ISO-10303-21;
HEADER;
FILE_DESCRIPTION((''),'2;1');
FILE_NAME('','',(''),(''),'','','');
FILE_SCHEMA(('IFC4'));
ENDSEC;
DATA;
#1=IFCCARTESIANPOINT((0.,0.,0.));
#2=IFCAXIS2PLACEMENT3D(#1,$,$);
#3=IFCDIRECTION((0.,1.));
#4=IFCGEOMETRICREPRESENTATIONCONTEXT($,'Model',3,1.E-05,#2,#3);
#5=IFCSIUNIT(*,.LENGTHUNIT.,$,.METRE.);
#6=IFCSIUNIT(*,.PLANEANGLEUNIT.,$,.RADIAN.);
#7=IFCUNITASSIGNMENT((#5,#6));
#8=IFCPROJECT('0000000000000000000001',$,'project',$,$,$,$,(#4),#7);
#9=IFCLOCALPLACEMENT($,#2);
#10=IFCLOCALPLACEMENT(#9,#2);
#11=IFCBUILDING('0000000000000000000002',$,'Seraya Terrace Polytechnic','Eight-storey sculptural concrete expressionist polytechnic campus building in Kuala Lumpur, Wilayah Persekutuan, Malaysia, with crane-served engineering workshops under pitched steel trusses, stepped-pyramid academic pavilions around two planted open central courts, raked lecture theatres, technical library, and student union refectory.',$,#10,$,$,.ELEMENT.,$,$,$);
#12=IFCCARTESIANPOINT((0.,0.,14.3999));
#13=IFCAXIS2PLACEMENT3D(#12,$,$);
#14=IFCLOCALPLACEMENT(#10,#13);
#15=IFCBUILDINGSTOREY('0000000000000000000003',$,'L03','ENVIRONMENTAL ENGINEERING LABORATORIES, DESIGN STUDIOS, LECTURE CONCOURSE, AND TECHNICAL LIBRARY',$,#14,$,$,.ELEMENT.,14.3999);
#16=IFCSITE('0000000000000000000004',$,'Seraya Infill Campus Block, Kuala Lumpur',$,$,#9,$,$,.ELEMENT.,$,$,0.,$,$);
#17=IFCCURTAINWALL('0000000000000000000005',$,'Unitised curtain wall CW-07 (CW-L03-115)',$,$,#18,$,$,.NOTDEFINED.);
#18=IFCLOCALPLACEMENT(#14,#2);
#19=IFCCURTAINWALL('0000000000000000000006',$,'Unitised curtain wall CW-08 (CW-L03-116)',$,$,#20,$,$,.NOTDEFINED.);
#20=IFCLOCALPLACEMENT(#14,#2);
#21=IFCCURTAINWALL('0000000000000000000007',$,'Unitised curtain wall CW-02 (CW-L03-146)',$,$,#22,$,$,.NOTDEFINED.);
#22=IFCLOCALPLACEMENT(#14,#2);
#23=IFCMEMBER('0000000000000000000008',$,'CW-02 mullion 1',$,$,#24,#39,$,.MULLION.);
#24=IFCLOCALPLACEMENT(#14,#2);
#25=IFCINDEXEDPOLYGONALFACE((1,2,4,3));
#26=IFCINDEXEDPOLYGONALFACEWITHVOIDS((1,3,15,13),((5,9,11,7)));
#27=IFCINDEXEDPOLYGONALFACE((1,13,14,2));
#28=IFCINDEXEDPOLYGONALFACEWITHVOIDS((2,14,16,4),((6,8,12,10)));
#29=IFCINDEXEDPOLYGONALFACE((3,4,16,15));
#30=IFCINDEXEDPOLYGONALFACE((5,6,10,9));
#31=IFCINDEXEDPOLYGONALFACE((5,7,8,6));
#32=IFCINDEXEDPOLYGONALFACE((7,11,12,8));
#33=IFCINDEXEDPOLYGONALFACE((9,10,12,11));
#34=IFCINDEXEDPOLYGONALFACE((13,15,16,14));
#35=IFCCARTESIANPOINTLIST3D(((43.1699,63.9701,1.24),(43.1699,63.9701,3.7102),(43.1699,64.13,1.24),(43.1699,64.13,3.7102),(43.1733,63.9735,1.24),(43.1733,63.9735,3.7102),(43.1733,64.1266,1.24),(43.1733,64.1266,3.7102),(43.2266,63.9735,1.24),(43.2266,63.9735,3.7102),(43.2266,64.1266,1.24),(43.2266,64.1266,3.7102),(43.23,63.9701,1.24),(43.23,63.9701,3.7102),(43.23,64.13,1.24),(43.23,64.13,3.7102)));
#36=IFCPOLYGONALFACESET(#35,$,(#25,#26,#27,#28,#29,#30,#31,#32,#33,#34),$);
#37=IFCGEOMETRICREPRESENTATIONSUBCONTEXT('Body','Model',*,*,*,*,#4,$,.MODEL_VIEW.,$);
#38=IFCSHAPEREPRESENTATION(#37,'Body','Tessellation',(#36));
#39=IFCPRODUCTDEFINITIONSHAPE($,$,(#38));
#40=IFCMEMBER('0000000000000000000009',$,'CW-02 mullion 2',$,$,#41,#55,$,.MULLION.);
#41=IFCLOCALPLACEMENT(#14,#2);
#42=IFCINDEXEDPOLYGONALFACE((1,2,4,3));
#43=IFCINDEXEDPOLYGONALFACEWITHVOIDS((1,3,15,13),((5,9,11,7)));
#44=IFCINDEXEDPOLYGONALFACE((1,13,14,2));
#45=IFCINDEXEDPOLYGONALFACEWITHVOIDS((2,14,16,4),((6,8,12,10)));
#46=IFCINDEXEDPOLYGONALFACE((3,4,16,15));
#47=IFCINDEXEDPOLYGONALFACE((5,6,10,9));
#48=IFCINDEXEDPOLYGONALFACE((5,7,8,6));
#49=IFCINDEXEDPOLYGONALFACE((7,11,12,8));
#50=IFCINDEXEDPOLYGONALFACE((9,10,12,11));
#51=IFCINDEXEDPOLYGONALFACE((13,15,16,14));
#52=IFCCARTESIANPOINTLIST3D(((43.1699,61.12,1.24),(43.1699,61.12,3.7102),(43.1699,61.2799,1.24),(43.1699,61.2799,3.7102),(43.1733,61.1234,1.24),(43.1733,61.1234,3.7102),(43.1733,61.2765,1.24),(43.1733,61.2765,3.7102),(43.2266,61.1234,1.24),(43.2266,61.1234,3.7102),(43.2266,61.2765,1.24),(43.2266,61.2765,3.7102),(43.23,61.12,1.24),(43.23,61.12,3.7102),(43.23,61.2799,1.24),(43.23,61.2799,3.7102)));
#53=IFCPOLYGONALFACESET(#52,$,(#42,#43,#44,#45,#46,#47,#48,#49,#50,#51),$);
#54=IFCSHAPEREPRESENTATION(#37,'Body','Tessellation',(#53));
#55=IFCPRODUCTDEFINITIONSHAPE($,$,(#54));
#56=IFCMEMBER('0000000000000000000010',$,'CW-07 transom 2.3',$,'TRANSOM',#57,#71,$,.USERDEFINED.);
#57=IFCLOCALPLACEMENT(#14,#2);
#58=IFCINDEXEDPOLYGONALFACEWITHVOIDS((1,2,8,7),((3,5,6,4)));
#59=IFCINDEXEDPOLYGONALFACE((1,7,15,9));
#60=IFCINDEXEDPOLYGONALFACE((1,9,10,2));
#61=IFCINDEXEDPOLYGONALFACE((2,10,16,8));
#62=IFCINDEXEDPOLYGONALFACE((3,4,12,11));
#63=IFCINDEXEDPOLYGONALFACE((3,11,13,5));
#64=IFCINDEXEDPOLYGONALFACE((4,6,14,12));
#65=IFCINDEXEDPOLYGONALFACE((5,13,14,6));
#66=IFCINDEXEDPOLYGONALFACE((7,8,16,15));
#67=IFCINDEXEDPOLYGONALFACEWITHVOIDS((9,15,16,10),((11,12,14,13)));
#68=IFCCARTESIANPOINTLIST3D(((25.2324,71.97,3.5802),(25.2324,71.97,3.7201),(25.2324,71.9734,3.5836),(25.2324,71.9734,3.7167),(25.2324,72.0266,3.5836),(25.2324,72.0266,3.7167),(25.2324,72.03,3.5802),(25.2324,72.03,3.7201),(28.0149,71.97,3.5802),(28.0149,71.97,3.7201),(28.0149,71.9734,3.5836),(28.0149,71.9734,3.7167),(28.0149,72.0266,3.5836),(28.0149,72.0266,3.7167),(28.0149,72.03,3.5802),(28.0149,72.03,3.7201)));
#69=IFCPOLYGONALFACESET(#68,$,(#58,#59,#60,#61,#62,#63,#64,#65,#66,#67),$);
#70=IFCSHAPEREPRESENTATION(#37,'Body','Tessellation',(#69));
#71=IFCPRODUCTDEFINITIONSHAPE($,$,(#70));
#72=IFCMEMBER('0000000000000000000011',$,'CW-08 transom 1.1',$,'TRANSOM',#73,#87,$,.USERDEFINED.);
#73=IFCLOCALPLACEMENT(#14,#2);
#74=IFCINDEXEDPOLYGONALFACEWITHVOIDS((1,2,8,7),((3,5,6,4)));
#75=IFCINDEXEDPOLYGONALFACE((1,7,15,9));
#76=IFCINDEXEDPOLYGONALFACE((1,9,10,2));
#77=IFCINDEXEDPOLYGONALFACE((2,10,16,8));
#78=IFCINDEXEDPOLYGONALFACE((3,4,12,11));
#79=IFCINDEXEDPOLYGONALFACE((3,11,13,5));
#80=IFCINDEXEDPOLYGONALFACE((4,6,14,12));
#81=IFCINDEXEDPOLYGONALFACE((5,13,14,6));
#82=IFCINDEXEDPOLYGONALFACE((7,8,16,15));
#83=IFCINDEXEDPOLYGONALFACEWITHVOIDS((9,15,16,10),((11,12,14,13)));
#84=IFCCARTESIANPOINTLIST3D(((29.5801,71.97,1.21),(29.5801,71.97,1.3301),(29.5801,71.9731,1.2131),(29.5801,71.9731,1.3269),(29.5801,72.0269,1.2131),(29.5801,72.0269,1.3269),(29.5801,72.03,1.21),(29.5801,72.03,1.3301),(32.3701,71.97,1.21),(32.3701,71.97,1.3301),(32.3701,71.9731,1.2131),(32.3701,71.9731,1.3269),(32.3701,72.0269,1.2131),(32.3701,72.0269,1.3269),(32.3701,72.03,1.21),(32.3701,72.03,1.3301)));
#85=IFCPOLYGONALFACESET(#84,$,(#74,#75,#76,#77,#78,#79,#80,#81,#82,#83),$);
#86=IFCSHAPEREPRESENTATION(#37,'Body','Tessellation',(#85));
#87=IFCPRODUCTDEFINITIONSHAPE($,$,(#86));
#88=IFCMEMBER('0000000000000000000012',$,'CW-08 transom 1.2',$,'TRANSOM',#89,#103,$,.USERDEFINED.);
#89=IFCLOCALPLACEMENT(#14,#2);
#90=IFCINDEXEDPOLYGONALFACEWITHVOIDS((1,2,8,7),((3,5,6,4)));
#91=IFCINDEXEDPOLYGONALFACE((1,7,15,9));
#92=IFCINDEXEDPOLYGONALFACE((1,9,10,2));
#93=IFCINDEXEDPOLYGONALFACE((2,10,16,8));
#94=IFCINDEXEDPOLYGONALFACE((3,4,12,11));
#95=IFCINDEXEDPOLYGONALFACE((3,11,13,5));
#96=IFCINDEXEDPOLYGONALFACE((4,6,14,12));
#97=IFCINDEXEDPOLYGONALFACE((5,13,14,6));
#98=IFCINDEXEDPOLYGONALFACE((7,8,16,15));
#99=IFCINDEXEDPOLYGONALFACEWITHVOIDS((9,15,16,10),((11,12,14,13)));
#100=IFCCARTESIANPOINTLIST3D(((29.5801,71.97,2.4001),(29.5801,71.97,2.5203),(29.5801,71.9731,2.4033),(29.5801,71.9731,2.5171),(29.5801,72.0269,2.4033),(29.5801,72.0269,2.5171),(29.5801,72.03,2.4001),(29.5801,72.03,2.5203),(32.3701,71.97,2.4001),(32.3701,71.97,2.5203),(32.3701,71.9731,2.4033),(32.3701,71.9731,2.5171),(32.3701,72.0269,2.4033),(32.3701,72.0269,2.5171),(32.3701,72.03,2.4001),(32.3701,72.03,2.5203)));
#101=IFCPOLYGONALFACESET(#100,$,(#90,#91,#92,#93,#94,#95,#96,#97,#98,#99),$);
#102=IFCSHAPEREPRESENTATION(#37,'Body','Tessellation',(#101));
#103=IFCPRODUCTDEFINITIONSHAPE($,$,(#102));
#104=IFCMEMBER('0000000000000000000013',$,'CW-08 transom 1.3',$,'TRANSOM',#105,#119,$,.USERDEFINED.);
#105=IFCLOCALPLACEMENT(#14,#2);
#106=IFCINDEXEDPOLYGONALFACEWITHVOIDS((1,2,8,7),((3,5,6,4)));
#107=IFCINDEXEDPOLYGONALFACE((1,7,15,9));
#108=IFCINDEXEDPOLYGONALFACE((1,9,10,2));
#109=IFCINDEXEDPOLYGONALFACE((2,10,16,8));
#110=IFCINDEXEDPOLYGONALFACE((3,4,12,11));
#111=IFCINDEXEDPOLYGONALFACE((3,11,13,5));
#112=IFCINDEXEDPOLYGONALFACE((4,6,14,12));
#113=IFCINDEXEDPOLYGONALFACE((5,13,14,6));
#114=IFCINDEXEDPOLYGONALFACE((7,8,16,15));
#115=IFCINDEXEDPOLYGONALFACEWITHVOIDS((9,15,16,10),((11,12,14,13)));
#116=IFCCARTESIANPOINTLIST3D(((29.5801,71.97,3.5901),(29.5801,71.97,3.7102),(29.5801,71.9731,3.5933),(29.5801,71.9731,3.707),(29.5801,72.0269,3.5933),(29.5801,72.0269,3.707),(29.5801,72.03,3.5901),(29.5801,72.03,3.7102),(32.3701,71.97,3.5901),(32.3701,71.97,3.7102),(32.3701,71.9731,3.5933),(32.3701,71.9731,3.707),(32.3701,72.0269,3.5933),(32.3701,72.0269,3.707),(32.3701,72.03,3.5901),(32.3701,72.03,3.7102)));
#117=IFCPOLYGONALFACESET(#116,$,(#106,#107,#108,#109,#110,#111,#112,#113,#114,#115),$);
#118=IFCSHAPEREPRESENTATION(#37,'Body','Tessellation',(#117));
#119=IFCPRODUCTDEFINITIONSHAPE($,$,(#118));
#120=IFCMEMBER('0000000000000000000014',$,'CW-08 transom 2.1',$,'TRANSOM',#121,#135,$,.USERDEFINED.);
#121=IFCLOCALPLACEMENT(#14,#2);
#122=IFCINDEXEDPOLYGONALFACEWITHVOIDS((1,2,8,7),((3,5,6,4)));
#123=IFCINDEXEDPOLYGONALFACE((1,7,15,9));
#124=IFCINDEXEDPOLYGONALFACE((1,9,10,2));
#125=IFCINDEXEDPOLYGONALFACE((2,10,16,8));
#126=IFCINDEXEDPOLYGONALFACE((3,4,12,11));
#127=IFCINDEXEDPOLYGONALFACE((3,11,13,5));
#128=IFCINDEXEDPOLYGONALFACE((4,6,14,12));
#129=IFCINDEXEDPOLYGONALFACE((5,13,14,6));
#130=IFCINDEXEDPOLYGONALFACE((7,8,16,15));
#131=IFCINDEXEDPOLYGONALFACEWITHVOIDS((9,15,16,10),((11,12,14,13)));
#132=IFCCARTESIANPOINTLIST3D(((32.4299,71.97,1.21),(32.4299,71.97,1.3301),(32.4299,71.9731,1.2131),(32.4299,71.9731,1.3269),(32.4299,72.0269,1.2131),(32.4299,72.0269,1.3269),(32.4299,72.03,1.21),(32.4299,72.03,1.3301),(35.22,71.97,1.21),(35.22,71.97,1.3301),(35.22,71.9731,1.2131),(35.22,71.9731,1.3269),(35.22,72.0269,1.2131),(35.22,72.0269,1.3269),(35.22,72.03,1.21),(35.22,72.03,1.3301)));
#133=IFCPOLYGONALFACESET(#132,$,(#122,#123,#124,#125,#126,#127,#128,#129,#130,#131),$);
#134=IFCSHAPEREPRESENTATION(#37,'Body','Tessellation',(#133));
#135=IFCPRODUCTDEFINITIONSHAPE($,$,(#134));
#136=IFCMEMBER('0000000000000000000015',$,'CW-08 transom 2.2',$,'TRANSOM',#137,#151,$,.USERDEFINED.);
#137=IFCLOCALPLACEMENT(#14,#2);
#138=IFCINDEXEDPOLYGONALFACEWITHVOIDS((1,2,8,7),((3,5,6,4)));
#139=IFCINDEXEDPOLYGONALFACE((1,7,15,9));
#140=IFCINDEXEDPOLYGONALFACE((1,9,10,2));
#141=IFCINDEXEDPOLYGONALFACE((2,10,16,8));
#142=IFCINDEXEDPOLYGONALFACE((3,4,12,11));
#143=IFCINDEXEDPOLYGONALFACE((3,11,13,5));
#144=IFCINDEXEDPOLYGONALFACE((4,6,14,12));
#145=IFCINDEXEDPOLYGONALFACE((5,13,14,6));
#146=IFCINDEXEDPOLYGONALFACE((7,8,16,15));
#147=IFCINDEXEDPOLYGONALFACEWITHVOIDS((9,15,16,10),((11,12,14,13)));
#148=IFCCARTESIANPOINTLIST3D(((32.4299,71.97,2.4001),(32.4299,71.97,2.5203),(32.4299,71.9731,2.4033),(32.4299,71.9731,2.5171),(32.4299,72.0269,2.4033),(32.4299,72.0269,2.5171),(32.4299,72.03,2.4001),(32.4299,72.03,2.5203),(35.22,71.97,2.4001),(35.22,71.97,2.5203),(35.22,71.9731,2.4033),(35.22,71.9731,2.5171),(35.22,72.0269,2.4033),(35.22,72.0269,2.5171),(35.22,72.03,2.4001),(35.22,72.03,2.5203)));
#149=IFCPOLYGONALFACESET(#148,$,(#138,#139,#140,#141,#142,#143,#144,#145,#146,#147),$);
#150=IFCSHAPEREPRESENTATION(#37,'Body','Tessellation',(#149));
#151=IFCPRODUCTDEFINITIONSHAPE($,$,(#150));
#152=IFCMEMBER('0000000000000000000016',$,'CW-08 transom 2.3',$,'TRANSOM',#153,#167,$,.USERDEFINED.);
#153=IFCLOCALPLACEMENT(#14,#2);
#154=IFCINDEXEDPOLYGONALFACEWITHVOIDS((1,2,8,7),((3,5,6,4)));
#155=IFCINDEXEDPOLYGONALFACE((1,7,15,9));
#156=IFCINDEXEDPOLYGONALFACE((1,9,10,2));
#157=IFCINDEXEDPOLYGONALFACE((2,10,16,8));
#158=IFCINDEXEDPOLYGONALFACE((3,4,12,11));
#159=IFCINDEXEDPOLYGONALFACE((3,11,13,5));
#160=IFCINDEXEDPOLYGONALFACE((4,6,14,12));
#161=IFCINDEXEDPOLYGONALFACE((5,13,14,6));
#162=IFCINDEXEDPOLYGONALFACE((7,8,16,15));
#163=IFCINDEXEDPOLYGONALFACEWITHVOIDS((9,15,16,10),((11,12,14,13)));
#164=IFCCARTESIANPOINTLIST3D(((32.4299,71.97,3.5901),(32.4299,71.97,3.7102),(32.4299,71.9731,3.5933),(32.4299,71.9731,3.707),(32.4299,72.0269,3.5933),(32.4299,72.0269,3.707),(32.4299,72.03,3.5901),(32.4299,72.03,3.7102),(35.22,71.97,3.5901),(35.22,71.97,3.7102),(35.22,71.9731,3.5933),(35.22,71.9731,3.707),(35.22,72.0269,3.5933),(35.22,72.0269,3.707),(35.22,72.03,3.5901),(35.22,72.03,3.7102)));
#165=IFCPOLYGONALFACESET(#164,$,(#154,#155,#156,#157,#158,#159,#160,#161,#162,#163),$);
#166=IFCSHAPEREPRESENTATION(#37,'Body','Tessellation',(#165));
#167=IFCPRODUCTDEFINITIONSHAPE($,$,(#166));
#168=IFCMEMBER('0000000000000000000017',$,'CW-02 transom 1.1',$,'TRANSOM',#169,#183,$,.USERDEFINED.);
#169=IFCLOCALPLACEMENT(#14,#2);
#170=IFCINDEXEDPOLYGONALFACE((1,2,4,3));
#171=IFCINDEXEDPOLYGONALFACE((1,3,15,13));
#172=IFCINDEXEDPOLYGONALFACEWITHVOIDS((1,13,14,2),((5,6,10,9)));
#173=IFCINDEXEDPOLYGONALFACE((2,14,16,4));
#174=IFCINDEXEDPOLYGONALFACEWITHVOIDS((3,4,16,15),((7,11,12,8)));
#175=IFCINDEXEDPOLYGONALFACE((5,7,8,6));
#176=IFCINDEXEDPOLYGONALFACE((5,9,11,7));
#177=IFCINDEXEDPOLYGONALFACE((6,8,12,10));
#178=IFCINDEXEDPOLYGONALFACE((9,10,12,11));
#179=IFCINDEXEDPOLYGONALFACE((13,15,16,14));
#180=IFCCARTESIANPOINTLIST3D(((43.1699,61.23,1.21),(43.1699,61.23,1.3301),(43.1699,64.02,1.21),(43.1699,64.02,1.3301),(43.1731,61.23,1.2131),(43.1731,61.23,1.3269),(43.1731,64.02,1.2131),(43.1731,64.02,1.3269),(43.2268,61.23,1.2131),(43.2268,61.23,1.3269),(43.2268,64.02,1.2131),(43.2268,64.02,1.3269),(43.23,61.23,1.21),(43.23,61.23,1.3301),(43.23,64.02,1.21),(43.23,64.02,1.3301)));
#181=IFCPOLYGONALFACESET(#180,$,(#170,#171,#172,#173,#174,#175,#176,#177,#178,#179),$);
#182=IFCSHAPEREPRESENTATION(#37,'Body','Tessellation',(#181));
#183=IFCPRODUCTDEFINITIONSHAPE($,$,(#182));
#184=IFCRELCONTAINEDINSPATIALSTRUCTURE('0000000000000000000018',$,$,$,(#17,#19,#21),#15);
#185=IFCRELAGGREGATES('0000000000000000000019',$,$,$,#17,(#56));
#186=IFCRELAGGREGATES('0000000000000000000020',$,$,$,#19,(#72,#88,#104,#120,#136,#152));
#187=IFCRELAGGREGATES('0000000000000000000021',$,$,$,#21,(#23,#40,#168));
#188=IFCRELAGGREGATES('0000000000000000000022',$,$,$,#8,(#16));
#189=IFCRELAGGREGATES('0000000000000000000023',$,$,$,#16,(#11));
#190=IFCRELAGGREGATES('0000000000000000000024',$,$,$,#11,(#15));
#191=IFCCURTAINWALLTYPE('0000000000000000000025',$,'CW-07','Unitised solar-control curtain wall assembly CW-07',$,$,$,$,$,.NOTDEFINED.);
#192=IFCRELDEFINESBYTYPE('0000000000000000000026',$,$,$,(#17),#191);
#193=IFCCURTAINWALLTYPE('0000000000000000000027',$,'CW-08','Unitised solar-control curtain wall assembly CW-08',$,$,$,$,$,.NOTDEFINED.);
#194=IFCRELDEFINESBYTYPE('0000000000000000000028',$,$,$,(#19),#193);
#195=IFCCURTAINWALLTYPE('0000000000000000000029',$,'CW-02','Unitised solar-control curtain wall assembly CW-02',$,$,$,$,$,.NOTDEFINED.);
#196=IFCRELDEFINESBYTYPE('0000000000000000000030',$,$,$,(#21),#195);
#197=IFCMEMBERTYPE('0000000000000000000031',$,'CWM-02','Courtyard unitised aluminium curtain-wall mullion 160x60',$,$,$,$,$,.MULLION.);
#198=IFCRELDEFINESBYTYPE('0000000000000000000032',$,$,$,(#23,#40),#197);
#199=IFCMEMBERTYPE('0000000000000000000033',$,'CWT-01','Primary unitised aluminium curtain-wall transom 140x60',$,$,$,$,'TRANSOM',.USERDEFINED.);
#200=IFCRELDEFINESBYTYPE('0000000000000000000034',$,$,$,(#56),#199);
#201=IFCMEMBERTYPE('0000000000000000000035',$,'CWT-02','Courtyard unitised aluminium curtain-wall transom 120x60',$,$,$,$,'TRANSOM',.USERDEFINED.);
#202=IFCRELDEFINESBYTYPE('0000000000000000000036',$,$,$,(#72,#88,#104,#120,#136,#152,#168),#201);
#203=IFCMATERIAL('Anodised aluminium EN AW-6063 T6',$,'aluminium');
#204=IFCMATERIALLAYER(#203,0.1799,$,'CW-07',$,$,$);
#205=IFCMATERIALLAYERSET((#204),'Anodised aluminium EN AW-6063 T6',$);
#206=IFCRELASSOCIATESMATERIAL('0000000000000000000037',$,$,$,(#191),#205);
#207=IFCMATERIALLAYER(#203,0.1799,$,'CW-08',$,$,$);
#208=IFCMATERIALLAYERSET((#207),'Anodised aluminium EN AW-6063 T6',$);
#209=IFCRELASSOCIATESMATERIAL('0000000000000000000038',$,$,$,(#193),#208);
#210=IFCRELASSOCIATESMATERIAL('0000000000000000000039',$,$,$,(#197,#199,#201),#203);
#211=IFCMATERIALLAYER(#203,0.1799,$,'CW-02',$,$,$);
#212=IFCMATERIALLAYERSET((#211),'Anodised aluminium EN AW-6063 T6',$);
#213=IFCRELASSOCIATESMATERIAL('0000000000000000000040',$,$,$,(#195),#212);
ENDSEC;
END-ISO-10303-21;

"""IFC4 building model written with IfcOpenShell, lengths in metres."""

from ifc_helpers import new_model, si_unit, direction, frame, origin, origin_2d, place, context, subcontext, project, spatial, hollow_rectangle, extrude, material, layer, layer_set, material_profile, profile_set, type_object, element, aggregate, save


model = new_model("IFC4")

# Units and contexts
model_context = context("Model", 3, precision=1e-05, world=origin(), true_north=direction((0.0, 1.0)))
body_context = subcontext(model_context, "Body", "Model", "MODEL_VIEW")
ifc_project = project(units=[si_unit("LENGTHUNIT", "METRE"), si_unit("PLANEANGLEUNIT", "RADIAN")], contexts=[model_context])

# Site, building, storey
site_placement = place(None, origin())
site = spatial("IfcSite", under=ifc_project, at=site_placement, Name="Seraya Infill Campus Block, Kuala Lumpur", CompositionType="ELEMENT", RefElevation=0.0)
building_placement = place(site_placement, origin())
building = spatial("IfcBuilding", under=site, at=building_placement, Name="Seraya Terrace Polytechnic", Description="Eight-storey sculptural concrete expressionist polytechnic campus building in Kuala Lumpur, Wilayah Persekutuan, Malaysia, with crane-served engineering workshops under pitched steel trusses, stepped-pyramid academic pavilions around two planted open central courts, raked lecture theatres, technical library, and student union refectory.", CompositionType="ELEMENT")
storey_placement = place(building_placement, frame((0.0, 0.0, 14.3999)))
storey = spatial("IfcBuildingStorey", under=building, at=storey_placement, Name="L03", Description="ENVIRONMENTAL ENGINEERING LABORATORIES, DESIGN STUDIOS, LECTURE CONCOURSE, AND TECHNICAL LIBRARY", CompositionType="ELEMENT", Elevation=14.3999)

# Curtain wall
ifc_material_1 = material(Name="Anodised aluminium EN AW-6063 T6", Category="aluminium")
ifc_layer_1 = layer(ifc_material_1, 0.1799, Name="CW-07")
ifc_layer_set_1 = layer_set([ifc_layer_1], Name="Anodised aluminium EN AW-6063 T6")
curtain_wall_type_1 = type_object("IfcCurtainWallType", Name="CW-07", Description="Unitised solar-control curtain wall assembly CW-07", PredefinedType="NOTDEFINED", material=ifc_layer_set_1)
curtain_wall_1_placement = place(storey_placement, origin())
curtain_wall_1 = element("IfcCurtainWall", 1, at=curtain_wall_1_placement, inside=storey, type_object=curtain_wall_type_1, Name="Unitised curtain wall CW-07 (CW-L03-115)", PredefinedType="NOTDEFINED")

# Curtain walls, members
ifc_layer_2 = layer(ifc_material_1, 0.1799, Name="CW-08")
ifc_layer_set_2 = layer_set([ifc_layer_2], Name="Anodised aluminium EN AW-6063 T6")
curtain_wall_type_2 = type_object("IfcCurtainWallType", Name="CW-08", Description="Unitised solar-control curtain wall assembly CW-08", PredefinedType="NOTDEFINED", material=ifc_layer_set_2)
curtain_wall_2_placement = place(storey_placement, origin())
curtain_wall_2 = element("IfcCurtainWall", 2, at=curtain_wall_2_placement, inside=storey, type_object=curtain_wall_type_2, Name="Unitised curtain wall CW-08 (CW-L03-116)", PredefinedType="NOTDEFINED")
ifc_material_profile_1 = material_profile(ifc_material_1, hollow_rectangle(XDim=0.0601, YDim=0.1599, WallThickness=0.0034, at=origin_2d()), Name="RHS 160x60x3.5")
ifc_profile_set_1 = profile_set([ifc_material_profile_1], Name="Anodised aluminium EN AW-6063 T6")
member_type_1 = type_object("IfcMemberType", Name="CWM-02", Description="Courtyard unitised aluminium curtain-wall mullion 160x60", PredefinedType="MULLION", material=ifc_profile_set_1)
ifc_layer_3 = layer(ifc_material_1, 0.1799, Name="CW-02")
ifc_layer_set_3 = layer_set([ifc_layer_3], Name="Anodised aluminium EN AW-6063 T6")
curtain_wall_type_3 = type_object("IfcCurtainWallType", Name="CW-02", Description="Unitised solar-control curtain wall assembly CW-02", PredefinedType="NOTDEFINED", material=ifc_layer_set_3)
curtain_wall_3_placement = place(storey_placement, origin())
curtain_wall_3 = element("IfcCurtainWall", 3, at=curtain_wall_3_placement, inside=storey, type_object=curtain_wall_type_3, Name="Unitised curtain wall CW-02 (CW-L03-146)", PredefinedType="NOTDEFINED")
member_1_placement = place(storey_placement, frame((43.2, 64.05, 1.24), z_axis=(0.0, 0.0, 1.0), x_axis=(1.0, 0.0, 0.0)))
member_1 = element("IfcMember", 4, at=member_1_placement, type_object=member_type_1, Name="CW-02 mullion 1", PredefinedType="MULLION", context=body_context, shape_type="SweptSolid", body=[
    extrude(hollow_rectangle(XDim=0.0601, YDim=0.1599, WallThickness=0.0034, at=origin_2d()), origin(), (0.0, 0.0, 1.0), 2.4702),
])
member_2_placement = place(storey_placement, frame((43.2, 61.2, 1.24), z_axis=(0.0, 0.0, 1.0), x_axis=(1.0, 0.0, 0.0)))
member_2 = element("IfcMember", 5, at=member_2_placement, type_object=member_type_1, Name="CW-02 mullion 2", PredefinedType="MULLION", context=body_context, shape_type="SweptSolid", body=[
    extrude(hollow_rectangle(XDim=0.0601, YDim=0.1599, WallThickness=0.0034, at=origin_2d()), origin(), (0.0, 0.0, 1.0), 2.4702),
])

# Members
ifc_material_profile_2 = material_profile(ifc_material_1, hollow_rectangle(XDim=0.0601, YDim=0.1399, WallThickness=0.0034, at=origin_2d()), Name="RHS 140x60x3.5")
ifc_profile_set_2 = profile_set([ifc_material_profile_2], Name="Anodised aluminium EN AW-6063 T6")
member_type_2 = type_object("IfcMemberType", Name="CWT-01", Description="Primary unitised aluminium curtain-wall transom 140x60", ElementType="TRANSOM", PredefinedType="USERDEFINED", material=ifc_profile_set_2)
member_3_placement = place(storey_placement, frame((25.2324, 72.0, 3.6501), z_axis=(1.0, 0.0, 0.0), x_axis=(0.0, 1.0, 0.0)))
member_3 = element("IfcMember", 6, at=member_3_placement, type_object=member_type_2, Name="CW-07 transom 2.3", ObjectType="TRANSOM", PredefinedType="USERDEFINED", context=body_context, shape_type="SweptSolid", body=[
    extrude(hollow_rectangle(XDim=0.0601, YDim=0.1399, WallThickness=0.0034, at=origin_2d()), origin(), (0.0, 0.0, 1.0), 2.7825),
])
ifc_material_profile_3 = material_profile(ifc_material_1, hollow_rectangle(XDim=0.0601, YDim=0.1201, WallThickness=0.0032, at=origin_2d()), Name="RHS 120x60x3.2")
ifc_profile_set_3 = profile_set([ifc_material_profile_3], Name="Anodised aluminium EN AW-6063 T6")
member_type_3 = type_object("IfcMemberType", Name="CWT-02", Description="Courtyard unitised aluminium curtain-wall transom 120x60", ElementType="TRANSOM", PredefinedType="USERDEFINED", material=ifc_profile_set_3)
member_4_placement = place(storey_placement, frame((29.5801, 72.0, 1.27), z_axis=(1.0, 0.0, 0.0), x_axis=(0.0, 1.0, 0.0)))
member_4 = element("IfcMember", 7, at=member_4_placement, type_object=member_type_3, Name="CW-08 transom 1.1", ObjectType="TRANSOM", PredefinedType="USERDEFINED", context=body_context, shape_type="SweptSolid", body=[
    extrude(hollow_rectangle(XDim=0.0601, YDim=0.1201, WallThickness=0.0032, at=origin_2d()), origin(), (0.0, 0.0, 1.0), 2.79),
])
member_5_placement = place(storey_placement, frame((29.5801, 72.0, 2.4602), z_axis=(1.0, 0.0, 0.0), x_axis=(0.0, 1.0, 0.0)))
member_5 = element("IfcMember", 8, at=member_5_placement, type_object=member_type_3, Name="CW-08 transom 1.2", ObjectType="TRANSOM", PredefinedType="USERDEFINED", context=body_context, shape_type="SweptSolid", body=[
    extrude(hollow_rectangle(XDim=0.0601, YDim=0.1201, WallThickness=0.0032, at=origin_2d()), origin(), (0.0, 0.0, 1.0), 2.79),
])
member_6_placement = place(storey_placement, frame((29.5801, 72.0, 3.6501), z_axis=(1.0, 0.0, 0.0), x_axis=(0.0, 1.0, 0.0)))
member_6 = element("IfcMember", 9, at=member_6_placement, type_object=member_type_3, Name="CW-08 transom 1.3", ObjectType="TRANSOM", PredefinedType="USERDEFINED", context=body_context, shape_type="SweptSolid", body=[
    extrude(hollow_rectangle(XDim=0.0601, YDim=0.1201, WallThickness=0.0032, at=origin_2d()), origin(), (0.0, 0.0, 1.0), 2.79),
])
member_7_placement = place(storey_placement, frame((32.4299, 72.0, 1.27), z_axis=(1.0, 0.0, 0.0), x_axis=(0.0, 1.0, 0.0)))
member_7 = element("IfcMember", 10, at=member_7_placement, type_object=member_type_3, Name="CW-08 transom 2.1", ObjectType="TRANSOM", PredefinedType="USERDEFINED", context=body_context, shape_type="SweptSolid", body=[
    extrude(hollow_rectangle(XDim=0.0601, YDim=0.1201, WallThickness=0.0032, at=origin_2d()), origin(), (0.0, 0.0, 1.0), 2.79),
])
member_8_placement = place(storey_placement, frame((32.4299, 72.0, 2.4602), z_axis=(1.0, 0.0, 0.0), x_axis=(0.0, 1.0, 0.0)))
member_8 = element("IfcMember", 11, at=member_8_placement, type_object=member_type_3, Name="CW-08 transom 2.2", ObjectType="TRANSOM", PredefinedType="USERDEFINED", context=body_context, shape_type="SweptSolid", body=[
    extrude(hollow_rectangle(XDim=0.0601, YDim=0.1201, WallThickness=0.0032, at=origin_2d()), origin(), (0.0, 0.0, 1.0), 2.79),
])
member_9_placement = place(storey_placement, frame((32.4299, 72.0, 3.6501), z_axis=(1.0, 0.0, 0.0), x_axis=(0.0, 1.0, 0.0)))
member_9 = element("IfcMember", 12, at=member_9_placement, type_object=member_type_3, Name="CW-08 transom 2.3", ObjectType="TRANSOM", PredefinedType="USERDEFINED", context=body_context, shape_type="SweptSolid", body=[
    extrude(hollow_rectangle(XDim=0.0601, YDim=0.1201, WallThickness=0.0032, at=origin_2d()), origin(), (0.0, 0.0, 1.0), 2.79),
])
member_10_placement = place(storey_placement, frame((43.2, 64.02, 1.27), z_axis=(0.0, -1.0, 0.0), x_axis=(1.0, 0.0, 0.0)))
member_10 = element("IfcMember", 13, at=member_10_placement, type_object=member_type_3, Name="CW-02 transom 1.1", ObjectType="TRANSOM", PredefinedType="USERDEFINED", context=body_context, shape_type="SweptSolid", body=[
    extrude(hollow_rectangle(XDim=0.0601, YDim=0.1201, WallThickness=0.0032, at=origin_2d()), origin(), (0.0, 0.0, 1.0), 2.79),
])

aggregate(curtain_wall_1, [member_3])
aggregate(curtain_wall_2, [member_4, member_5, member_6, member_7, member_8, member_9])
aggregate(curtain_wall_3, [member_1, member_2, member_10])

save(model, "model.ifc")
